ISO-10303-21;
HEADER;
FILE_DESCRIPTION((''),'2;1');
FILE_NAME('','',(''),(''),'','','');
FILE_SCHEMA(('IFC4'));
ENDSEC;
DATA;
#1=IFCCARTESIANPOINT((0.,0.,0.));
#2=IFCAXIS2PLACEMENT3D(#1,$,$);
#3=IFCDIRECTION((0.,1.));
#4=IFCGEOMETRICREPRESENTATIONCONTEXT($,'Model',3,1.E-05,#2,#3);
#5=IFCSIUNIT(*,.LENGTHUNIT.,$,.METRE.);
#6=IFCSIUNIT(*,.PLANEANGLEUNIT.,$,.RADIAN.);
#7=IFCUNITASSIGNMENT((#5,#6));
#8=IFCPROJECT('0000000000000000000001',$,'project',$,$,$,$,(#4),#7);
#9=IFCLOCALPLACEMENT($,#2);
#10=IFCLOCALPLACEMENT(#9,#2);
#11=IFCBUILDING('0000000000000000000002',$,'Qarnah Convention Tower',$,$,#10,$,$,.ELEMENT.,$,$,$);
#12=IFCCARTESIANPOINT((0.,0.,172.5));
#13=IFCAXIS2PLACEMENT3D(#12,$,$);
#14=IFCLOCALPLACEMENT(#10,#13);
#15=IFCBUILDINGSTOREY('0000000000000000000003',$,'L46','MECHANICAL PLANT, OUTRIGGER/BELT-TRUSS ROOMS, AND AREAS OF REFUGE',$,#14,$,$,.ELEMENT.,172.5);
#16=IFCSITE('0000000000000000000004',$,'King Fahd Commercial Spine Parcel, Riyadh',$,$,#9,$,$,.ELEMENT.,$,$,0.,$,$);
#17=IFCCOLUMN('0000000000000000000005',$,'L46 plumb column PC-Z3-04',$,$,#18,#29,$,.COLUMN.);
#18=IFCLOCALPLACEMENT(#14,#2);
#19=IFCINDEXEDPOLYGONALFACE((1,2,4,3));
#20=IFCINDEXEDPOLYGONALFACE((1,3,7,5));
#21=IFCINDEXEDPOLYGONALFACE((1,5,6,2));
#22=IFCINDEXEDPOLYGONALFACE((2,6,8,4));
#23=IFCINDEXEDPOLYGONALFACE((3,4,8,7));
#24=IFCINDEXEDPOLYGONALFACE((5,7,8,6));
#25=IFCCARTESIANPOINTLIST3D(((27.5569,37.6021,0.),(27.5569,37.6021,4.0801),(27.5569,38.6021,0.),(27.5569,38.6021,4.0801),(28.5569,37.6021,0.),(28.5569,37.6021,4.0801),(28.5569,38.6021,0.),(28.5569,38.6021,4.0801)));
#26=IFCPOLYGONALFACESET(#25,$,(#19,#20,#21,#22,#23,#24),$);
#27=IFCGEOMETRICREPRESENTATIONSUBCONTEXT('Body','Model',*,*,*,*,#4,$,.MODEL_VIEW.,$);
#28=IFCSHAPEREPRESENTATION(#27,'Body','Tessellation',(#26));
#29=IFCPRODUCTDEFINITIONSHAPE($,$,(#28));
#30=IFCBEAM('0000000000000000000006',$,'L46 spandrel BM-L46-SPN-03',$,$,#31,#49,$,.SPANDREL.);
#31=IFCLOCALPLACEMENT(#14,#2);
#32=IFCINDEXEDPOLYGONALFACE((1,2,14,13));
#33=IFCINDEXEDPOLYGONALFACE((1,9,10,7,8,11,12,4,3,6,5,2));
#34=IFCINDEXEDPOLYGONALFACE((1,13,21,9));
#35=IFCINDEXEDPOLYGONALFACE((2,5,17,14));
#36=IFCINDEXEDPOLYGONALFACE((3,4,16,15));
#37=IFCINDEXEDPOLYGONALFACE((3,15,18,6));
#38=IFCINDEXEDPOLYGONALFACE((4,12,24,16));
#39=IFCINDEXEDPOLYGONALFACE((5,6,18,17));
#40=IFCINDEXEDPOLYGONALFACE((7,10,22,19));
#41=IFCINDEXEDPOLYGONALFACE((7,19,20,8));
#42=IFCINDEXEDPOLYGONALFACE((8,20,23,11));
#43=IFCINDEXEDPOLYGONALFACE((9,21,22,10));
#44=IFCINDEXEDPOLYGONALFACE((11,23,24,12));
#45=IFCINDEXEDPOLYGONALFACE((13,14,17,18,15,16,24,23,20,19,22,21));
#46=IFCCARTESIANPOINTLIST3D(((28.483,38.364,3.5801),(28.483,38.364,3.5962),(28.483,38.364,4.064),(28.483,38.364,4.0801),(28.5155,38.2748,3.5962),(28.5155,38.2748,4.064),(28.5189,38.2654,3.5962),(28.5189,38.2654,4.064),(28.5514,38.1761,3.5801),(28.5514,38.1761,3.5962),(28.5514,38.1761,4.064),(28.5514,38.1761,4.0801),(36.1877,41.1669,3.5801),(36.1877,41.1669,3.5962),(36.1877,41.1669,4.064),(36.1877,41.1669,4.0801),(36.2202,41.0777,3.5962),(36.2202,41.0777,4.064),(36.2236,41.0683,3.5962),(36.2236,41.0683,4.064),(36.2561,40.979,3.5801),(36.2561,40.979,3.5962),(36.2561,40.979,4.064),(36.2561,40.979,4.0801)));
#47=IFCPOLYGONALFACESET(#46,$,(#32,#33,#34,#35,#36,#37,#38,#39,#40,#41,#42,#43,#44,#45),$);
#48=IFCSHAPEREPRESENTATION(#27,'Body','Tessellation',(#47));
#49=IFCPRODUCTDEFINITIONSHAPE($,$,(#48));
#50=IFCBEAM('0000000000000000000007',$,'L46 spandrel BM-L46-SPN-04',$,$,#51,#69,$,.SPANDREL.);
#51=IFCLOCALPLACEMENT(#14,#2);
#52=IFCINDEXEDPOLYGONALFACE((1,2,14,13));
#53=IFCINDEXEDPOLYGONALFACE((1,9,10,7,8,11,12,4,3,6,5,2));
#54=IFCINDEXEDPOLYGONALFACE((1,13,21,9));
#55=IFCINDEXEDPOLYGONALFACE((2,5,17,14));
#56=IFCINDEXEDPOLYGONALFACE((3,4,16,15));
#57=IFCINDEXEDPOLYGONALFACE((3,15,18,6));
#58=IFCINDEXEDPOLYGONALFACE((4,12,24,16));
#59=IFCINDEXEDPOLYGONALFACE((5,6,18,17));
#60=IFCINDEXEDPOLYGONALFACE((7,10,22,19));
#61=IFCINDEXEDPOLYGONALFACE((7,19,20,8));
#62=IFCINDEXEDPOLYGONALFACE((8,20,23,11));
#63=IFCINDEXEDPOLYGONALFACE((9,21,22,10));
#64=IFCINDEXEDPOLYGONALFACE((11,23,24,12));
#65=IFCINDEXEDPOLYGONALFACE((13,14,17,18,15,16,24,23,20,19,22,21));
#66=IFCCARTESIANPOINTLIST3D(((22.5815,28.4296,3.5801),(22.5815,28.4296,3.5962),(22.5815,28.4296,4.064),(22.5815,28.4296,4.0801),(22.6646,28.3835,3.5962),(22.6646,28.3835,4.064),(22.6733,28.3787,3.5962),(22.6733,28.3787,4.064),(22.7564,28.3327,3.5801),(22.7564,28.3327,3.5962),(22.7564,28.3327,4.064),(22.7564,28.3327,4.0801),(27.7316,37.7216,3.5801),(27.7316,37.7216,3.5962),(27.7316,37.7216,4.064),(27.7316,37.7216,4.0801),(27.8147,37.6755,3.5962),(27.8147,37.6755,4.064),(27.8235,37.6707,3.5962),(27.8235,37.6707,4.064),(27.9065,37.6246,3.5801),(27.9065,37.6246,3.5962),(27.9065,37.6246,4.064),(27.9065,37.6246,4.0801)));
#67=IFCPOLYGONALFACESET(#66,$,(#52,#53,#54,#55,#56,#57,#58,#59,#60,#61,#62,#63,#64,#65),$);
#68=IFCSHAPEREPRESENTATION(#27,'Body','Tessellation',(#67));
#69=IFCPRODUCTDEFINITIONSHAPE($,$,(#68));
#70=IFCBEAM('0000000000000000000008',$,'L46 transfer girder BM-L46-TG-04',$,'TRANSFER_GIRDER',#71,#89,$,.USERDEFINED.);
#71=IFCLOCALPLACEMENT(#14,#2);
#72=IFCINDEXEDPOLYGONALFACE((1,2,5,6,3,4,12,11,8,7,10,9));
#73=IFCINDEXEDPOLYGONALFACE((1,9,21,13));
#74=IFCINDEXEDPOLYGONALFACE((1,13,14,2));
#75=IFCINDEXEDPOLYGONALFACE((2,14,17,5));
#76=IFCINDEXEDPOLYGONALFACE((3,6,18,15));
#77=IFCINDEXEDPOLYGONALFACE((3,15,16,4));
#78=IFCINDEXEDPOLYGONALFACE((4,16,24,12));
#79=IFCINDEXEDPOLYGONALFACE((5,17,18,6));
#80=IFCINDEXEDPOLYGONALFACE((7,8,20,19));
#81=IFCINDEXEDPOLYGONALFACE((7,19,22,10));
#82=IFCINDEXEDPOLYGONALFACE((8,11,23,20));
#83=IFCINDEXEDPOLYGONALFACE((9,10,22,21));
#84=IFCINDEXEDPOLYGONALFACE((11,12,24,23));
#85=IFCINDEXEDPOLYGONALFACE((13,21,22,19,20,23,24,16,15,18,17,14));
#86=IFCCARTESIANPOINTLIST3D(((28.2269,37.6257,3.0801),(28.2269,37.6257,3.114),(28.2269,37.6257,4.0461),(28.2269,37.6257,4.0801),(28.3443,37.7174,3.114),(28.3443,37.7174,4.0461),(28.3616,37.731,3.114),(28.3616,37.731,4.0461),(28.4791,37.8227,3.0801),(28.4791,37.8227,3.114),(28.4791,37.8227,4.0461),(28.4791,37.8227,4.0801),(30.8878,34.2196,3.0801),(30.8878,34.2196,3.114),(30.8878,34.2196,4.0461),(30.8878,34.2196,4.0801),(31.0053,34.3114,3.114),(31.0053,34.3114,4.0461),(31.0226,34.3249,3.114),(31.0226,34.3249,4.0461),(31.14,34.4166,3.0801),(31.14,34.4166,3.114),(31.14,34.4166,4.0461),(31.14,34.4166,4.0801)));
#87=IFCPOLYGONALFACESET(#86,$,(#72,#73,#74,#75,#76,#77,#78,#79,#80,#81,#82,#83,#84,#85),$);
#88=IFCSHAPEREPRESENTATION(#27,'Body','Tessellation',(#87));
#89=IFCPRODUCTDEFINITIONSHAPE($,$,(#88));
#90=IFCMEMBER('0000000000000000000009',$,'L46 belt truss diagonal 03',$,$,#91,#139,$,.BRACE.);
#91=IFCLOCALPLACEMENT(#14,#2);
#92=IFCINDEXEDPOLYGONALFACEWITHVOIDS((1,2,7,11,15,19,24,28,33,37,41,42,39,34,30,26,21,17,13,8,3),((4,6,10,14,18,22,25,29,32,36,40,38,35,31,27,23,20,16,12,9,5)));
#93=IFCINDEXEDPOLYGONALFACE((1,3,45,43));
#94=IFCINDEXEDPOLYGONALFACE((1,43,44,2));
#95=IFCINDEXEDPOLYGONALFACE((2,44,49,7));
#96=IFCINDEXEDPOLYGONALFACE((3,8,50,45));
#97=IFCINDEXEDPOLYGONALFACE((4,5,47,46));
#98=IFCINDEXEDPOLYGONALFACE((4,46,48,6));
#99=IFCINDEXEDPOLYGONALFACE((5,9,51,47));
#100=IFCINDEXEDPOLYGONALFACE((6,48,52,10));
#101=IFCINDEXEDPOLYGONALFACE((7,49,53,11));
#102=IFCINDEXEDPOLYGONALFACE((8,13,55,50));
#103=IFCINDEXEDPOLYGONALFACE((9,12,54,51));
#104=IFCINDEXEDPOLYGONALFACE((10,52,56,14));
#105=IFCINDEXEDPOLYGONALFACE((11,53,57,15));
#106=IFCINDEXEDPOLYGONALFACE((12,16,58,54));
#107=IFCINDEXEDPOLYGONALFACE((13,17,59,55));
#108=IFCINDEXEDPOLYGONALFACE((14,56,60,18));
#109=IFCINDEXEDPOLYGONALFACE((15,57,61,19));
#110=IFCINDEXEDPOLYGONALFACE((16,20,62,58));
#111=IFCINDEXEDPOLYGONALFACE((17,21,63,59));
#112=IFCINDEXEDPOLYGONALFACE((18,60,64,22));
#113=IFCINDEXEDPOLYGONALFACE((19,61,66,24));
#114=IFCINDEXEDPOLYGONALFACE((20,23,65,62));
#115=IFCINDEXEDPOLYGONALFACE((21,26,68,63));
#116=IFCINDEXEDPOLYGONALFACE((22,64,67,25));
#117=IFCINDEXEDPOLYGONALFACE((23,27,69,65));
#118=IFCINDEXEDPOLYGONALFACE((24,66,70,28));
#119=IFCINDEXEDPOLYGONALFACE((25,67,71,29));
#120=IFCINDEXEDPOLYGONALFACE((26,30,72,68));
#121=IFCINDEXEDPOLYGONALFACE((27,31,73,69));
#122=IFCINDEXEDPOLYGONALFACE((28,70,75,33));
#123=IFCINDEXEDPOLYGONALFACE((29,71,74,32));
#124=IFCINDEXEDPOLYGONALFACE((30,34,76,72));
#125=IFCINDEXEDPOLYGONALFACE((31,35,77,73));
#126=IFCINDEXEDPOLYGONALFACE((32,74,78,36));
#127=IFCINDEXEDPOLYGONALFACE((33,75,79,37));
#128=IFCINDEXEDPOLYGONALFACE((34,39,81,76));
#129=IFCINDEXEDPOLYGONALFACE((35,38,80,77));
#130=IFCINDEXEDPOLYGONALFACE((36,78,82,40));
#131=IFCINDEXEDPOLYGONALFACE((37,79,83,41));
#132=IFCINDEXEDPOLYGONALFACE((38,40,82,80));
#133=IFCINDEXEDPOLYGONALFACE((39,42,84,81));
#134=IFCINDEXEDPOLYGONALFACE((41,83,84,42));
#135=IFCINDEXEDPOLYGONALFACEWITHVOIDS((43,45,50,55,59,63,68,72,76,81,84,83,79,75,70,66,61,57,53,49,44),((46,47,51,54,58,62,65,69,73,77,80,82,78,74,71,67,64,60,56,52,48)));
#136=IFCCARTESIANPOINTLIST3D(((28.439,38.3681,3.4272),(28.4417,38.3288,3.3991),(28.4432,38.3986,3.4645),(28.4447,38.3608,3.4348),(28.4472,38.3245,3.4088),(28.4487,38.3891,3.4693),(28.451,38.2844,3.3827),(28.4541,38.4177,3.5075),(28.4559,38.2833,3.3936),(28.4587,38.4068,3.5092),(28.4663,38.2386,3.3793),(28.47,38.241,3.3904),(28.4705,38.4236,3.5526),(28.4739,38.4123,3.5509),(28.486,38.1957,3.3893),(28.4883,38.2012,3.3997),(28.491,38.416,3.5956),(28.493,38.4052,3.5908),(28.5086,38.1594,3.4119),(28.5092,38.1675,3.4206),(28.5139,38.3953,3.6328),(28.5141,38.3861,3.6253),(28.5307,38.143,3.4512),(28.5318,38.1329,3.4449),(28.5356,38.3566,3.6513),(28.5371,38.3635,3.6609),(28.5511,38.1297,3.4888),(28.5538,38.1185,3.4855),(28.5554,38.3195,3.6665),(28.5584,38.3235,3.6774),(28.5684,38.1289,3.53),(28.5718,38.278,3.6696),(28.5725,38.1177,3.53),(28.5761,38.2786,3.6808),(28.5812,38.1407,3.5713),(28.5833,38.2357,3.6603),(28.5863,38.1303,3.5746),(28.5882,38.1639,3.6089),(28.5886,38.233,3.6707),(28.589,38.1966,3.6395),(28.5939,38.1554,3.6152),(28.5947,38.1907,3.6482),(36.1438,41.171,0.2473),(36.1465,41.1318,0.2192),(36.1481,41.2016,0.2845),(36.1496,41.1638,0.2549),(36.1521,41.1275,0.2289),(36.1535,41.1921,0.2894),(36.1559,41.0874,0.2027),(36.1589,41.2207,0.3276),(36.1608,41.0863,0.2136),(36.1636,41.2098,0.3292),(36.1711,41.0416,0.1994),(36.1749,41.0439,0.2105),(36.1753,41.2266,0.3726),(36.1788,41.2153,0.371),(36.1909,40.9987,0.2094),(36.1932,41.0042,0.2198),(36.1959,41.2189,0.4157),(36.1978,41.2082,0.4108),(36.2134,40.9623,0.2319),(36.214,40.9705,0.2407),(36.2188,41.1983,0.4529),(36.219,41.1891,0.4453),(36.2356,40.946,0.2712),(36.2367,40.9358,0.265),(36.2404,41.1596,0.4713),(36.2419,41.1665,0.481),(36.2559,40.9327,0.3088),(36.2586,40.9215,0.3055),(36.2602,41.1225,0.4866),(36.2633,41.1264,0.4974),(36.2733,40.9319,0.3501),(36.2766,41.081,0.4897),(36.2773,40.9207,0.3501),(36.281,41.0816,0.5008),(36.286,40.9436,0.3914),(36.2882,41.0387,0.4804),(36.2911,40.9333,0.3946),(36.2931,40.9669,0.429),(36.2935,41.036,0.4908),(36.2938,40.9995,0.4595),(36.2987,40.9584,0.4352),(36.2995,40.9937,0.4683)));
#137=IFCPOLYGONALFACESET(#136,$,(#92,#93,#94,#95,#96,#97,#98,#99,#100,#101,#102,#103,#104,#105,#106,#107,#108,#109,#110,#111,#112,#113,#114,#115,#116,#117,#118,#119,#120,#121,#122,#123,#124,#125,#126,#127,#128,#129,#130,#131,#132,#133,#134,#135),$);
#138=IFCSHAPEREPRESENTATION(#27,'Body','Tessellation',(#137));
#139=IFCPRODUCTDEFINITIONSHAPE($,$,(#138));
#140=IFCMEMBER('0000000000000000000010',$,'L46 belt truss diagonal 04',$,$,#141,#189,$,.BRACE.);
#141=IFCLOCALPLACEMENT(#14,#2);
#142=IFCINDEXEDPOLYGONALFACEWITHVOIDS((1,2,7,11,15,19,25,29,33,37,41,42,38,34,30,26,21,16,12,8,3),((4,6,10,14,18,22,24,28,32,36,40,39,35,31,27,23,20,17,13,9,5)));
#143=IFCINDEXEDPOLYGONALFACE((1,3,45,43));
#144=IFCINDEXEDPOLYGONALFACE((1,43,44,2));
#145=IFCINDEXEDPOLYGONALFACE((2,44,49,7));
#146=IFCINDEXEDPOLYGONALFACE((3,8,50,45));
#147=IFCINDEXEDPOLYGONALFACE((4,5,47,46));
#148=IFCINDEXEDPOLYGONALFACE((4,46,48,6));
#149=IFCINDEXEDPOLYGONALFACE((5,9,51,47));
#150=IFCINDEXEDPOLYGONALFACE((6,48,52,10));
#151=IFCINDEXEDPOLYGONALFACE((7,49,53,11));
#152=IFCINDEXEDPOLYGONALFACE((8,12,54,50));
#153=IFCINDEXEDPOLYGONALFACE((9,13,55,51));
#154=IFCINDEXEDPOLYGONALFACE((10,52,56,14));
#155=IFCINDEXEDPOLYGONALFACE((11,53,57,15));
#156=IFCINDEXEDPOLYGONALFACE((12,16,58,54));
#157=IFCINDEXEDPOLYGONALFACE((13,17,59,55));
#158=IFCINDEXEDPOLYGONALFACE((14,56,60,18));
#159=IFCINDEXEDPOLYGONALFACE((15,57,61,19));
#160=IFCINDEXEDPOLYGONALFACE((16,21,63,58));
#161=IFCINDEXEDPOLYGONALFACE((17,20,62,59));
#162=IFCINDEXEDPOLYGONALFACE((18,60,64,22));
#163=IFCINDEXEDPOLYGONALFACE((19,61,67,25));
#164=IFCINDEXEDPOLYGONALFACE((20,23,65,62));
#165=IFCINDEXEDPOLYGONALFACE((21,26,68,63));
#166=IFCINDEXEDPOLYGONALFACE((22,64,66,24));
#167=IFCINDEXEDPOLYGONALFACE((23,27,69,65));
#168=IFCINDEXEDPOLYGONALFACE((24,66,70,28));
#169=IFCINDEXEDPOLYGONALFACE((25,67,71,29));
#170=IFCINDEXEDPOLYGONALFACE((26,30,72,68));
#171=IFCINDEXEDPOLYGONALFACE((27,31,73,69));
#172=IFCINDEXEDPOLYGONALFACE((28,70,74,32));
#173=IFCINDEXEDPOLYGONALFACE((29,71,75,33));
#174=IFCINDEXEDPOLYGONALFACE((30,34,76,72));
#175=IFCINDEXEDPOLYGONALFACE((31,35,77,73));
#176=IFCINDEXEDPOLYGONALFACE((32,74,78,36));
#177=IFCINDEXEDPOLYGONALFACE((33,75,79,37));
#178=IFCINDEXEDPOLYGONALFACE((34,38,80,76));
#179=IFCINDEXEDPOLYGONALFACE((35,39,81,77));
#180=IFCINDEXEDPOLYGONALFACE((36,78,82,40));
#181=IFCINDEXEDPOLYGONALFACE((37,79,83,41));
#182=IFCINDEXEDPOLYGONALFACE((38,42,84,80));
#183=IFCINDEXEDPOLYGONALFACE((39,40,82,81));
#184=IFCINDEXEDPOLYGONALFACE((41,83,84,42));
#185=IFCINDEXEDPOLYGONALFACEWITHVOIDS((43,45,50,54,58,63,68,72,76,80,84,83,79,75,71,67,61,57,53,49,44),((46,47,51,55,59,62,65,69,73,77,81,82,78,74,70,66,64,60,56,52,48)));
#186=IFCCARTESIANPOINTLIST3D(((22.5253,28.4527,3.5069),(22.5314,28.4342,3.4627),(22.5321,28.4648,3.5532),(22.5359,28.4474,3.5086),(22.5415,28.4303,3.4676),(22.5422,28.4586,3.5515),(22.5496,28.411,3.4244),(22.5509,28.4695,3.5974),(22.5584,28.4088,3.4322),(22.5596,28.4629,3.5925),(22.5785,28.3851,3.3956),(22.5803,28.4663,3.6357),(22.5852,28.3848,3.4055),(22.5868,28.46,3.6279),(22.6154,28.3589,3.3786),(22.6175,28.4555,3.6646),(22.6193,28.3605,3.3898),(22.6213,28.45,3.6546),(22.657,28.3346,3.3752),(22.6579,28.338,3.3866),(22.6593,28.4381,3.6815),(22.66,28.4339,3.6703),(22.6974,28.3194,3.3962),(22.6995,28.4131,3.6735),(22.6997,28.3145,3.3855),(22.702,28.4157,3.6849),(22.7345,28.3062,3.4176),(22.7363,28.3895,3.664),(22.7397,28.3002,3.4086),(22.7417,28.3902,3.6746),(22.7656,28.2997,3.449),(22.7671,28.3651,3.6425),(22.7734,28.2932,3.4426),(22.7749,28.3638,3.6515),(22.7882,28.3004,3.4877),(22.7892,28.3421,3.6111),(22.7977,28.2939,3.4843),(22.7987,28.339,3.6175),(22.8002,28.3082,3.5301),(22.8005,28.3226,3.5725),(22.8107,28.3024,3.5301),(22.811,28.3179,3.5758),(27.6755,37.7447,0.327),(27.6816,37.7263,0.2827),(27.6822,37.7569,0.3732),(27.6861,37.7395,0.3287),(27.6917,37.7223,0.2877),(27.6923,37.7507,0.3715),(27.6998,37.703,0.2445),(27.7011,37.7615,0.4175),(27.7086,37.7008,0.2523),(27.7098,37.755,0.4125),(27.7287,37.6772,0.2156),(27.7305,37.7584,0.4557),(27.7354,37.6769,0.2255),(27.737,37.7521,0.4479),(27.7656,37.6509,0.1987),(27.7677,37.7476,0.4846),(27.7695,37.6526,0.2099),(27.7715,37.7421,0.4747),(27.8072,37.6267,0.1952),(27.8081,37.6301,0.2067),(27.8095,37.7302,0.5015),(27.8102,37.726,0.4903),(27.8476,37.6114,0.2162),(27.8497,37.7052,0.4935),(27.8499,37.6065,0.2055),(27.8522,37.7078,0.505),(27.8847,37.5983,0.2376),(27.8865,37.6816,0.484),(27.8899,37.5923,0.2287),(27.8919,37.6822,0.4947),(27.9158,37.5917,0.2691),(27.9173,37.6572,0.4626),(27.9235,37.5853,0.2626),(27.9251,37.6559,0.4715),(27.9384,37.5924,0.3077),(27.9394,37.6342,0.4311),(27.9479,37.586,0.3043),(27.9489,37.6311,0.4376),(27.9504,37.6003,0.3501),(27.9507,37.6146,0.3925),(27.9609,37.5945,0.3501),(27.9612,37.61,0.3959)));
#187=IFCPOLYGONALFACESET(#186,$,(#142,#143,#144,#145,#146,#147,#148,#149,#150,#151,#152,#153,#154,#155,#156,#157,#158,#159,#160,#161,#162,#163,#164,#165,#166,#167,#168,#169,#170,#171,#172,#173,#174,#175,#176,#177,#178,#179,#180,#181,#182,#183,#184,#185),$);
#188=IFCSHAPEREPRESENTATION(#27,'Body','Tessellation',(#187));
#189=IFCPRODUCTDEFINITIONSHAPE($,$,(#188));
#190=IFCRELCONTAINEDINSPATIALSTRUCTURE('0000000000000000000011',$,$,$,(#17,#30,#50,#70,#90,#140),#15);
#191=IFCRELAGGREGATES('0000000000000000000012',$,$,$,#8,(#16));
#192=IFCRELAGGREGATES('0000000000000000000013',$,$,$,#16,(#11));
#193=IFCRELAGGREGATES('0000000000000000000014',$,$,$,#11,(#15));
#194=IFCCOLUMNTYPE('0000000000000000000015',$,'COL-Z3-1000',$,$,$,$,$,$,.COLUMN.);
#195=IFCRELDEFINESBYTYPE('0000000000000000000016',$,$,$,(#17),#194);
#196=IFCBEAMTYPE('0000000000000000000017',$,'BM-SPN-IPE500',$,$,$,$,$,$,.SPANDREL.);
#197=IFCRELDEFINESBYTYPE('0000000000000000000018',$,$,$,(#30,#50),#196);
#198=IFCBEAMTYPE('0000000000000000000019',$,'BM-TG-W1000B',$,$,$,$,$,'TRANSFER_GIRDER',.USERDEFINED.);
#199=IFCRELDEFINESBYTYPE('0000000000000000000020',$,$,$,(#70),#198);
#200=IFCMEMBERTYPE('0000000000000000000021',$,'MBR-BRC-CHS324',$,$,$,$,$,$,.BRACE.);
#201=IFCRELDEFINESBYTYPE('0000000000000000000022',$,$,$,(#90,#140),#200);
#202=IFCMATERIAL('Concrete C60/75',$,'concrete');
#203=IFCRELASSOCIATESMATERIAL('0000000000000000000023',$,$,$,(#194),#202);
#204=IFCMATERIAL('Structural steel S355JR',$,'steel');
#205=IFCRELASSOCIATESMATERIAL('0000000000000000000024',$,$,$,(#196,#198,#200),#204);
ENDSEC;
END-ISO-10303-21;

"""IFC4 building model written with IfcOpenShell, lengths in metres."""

from ifc_helpers import new_model, si_unit, direction, frame, origin, origin_2d, place, context, subcontext, project, spatial, rectangle, hollow_circle, i_section, extrude, material, material_profile, profile_set, type_object, element, save


model = new_model("IFC4")

# Units and contexts
model_context = context("Model", 3, precision=1e-05, world=origin(), true_north=direction((0.0, 1.0)))
body_context = subcontext(model_context, "Body", "Model", "MODEL_VIEW")
ifc_project = project(units=[si_unit("LENGTHUNIT", "METRE"), si_unit("PLANEANGLEUNIT", "RADIAN")], contexts=[model_context])

# Site, building, storey
site_placement = place(None, origin())
site = spatial("IfcSite", under=ifc_project, at=site_placement, Name="King Fahd Commercial Spine Parcel, Riyadh", CompositionType="ELEMENT", RefElevation=0.0)
building_placement = place(site_placement, origin())
building = spatial("IfcBuilding", under=site, at=building_placement, Name="Qarnah Convention Tower", CompositionType="ELEMENT")
storey_placement = place(building_placement, frame((0.0, 0.0, 172.5)))
storey = spatial("IfcBuildingStorey", under=building, at=storey_placement, Name="L46", Description="MECHANICAL PLANT, OUTRIGGER/BELT-TRUSS ROOMS, AND AREAS OF REFUGE", CompositionType="ELEMENT", Elevation=172.5)

# Column
ifc_material_1 = material(Name="Concrete C60/75", Category="concrete")
ifc_material_profile_1 = material_profile(ifc_material_1, rectangle(XDim=1.0, YDim=1.0, at=origin_2d()), Name="RC-COL-1000X1000")
ifc_profile_set_1 = profile_set([ifc_material_profile_1], Name="Concrete C60/75")
column_type = type_object("IfcColumnType", Name="COL-Z3-1000", PredefinedType="COLUMN", material=ifc_profile_set_1)
column_placement = place(storey_placement, frame((28.0569, 38.1021, 0.0), z_axis=(0.0, 0.0, 1.0), x_axis=(1.0, 0.0, 0.0)))
element("IfcColumn", 1, at=column_placement, inside=storey, type_object=column_type, Name="L46 plumb column PC-Z3-04", PredefinedType="COLUMN", context=body_context, shape_type="SweptSolid", body=[
    extrude(rectangle(XDim=1.0, YDim=1.0, at=origin_2d()), origin(), (0.0, 0.0, 1.0), 4.0801),
])

# Beams
ifc_material_2 = material(Name="Structural steel S355JR", Category="steel")
ifc_material_profile_2 = material_profile(ifc_material_2, i_section(OverallWidth=0.2, OverallDepth=0.5, WebThickness=0.01, FlangeThickness=0.0161, at=origin_2d()), Name="IPE500")
ifc_profile_set_2 = profile_set([ifc_material_profile_2], Name="Structural steel S355JR")
beam_type_1 = type_object("IfcBeamType", Name="BM-SPN-IPE500", PredefinedType="SPANDREL", material=ifc_profile_set_2)
beam_1_placement = place(storey_placement, frame((36.2219, 41.073, 3.8301), z_axis=(-0.939746, -0.341875, 0.0), x_axis=(0.341875, -0.939746, 0.0)))
element("IfcBeam", 2, at=beam_1_placement, inside=storey, type_object=beam_type_1, Name="L46 spandrel BM-L46-SPN-03", PredefinedType="SPANDREL", context=body_context, shape_type="SweptSolid", body=[
    extrude(i_section(OverallWidth=0.2, OverallDepth=0.5, WebThickness=0.01, FlangeThickness=0.0161, at=origin_2d()), origin(), (0.0, 0.0, 1.0), 8.1987),
])
beam_2_placement = place(storey_placement, frame((27.8191, 37.6731, 3.8301), z_axis=(-0.484774, -0.874639, 0.0), x_axis=(0.874639, -0.484774, 0.0)))
element("IfcBeam", 3, at=beam_2_placement, inside=storey, type_object=beam_type_1, Name="L46 spandrel BM-L46-SPN-04", PredefinedType="SPANDREL", context=body_context, shape_type="SweptSolid", body=[
    extrude(i_section(OverallWidth=0.2, OverallDepth=0.5, WebThickness=0.01, FlangeThickness=0.0161, at=origin_2d()), origin(), (0.0, 0.0, 1.0), 10.6238),
])
ifc_material_profile_3 = material_profile(ifc_material_2, i_section(OverallWidth=0.3201, OverallDepth=1.0, WebThickness=0.022, FlangeThickness=0.0339, at=origin_2d()), Name="W1000X371")
ifc_profile_set_3 = profile_set([ifc_material_profile_3], Name="Structural steel S355JR")
beam_type_2 = type_object("IfcBeamType", Name="BM-TG-W1000B", ElementType="TRANSFER_GIRDER", PredefinedType="USERDEFINED", material=ifc_profile_set_3)
beam_3_placement = place(storey_placement, frame((31.0139, 34.3181, 3.5801), z_axis=(-0.615636, 0.78803, 0.0), x_axis=(-0.78803, -0.615636, 0.0)))
element("IfcBeam", 4, at=beam_3_placement, inside=storey, type_object=beam_type_2, Name="L46 transfer girder BM-L46-TG-04", ObjectType="TRANSFER_GIRDER", PredefinedType="USERDEFINED", context=body_context, shape_type="SweptSolid", body=[
    extrude(i_section(OverallWidth=0.3201, OverallDepth=1.0, WebThickness=0.022, FlangeThickness=0.0339, at=origin_2d()), origin(), (0.0, 0.0, 1.0), 4.3223),
])

# Members
ifc_material_profile_4 = material_profile(ifc_material_2, hollow_circle(Radius=0.1621, WallThickness=0.012, at=origin_2d()), Name="CHS324X12")
ifc_profile_set_4 = profile_set([ifc_material_profile_4], Name="Structural steel S355JR")
member_type_1 = type_object("IfcMemberType", Name="MBR-BRC-CHS324", PredefinedType="BRACE", material=ifc_profile_set_4)
member_1_placement = place(storey_placement, frame((36.2219, 41.073, 0.3501), z_axis=(-0.876154, -0.31874, 0.361605), x_axis=(0.341875, -0.939746, 0.0)))
element("IfcMember", 5, at=member_1_placement, inside=storey, type_object=member_type_1, Name="L46 belt truss diagonal 03", PredefinedType="BRACE", context=body_context, shape_type="SweptSolid", body=[
    extrude(hollow_circle(Radius=0.1621, WallThickness=0.012, at=origin_2d()), origin(), (0.0, 0.0, 1.0), 8.7939),
])
member_2_placement = place(storey_placement, frame((27.8191, 37.6731, 0.3501), z_axis=(-0.464416, -0.837909, 0.286751), x_axis=(0.874639, -0.484774, 0.0)))
element("IfcMember", 6, at=member_2_placement, inside=storey, type_object=member_type_1, Name="L46 belt truss diagonal 04", PredefinedType="BRACE", context=body_context, shape_type="SweptSolid", body=[
    extrude(hollow_circle(Radius=0.1621, WallThickness=0.012, at=origin_2d()), origin(), (0.0, 0.0, 1.0), 11.0896),
])

save(model, "model.ifc")
